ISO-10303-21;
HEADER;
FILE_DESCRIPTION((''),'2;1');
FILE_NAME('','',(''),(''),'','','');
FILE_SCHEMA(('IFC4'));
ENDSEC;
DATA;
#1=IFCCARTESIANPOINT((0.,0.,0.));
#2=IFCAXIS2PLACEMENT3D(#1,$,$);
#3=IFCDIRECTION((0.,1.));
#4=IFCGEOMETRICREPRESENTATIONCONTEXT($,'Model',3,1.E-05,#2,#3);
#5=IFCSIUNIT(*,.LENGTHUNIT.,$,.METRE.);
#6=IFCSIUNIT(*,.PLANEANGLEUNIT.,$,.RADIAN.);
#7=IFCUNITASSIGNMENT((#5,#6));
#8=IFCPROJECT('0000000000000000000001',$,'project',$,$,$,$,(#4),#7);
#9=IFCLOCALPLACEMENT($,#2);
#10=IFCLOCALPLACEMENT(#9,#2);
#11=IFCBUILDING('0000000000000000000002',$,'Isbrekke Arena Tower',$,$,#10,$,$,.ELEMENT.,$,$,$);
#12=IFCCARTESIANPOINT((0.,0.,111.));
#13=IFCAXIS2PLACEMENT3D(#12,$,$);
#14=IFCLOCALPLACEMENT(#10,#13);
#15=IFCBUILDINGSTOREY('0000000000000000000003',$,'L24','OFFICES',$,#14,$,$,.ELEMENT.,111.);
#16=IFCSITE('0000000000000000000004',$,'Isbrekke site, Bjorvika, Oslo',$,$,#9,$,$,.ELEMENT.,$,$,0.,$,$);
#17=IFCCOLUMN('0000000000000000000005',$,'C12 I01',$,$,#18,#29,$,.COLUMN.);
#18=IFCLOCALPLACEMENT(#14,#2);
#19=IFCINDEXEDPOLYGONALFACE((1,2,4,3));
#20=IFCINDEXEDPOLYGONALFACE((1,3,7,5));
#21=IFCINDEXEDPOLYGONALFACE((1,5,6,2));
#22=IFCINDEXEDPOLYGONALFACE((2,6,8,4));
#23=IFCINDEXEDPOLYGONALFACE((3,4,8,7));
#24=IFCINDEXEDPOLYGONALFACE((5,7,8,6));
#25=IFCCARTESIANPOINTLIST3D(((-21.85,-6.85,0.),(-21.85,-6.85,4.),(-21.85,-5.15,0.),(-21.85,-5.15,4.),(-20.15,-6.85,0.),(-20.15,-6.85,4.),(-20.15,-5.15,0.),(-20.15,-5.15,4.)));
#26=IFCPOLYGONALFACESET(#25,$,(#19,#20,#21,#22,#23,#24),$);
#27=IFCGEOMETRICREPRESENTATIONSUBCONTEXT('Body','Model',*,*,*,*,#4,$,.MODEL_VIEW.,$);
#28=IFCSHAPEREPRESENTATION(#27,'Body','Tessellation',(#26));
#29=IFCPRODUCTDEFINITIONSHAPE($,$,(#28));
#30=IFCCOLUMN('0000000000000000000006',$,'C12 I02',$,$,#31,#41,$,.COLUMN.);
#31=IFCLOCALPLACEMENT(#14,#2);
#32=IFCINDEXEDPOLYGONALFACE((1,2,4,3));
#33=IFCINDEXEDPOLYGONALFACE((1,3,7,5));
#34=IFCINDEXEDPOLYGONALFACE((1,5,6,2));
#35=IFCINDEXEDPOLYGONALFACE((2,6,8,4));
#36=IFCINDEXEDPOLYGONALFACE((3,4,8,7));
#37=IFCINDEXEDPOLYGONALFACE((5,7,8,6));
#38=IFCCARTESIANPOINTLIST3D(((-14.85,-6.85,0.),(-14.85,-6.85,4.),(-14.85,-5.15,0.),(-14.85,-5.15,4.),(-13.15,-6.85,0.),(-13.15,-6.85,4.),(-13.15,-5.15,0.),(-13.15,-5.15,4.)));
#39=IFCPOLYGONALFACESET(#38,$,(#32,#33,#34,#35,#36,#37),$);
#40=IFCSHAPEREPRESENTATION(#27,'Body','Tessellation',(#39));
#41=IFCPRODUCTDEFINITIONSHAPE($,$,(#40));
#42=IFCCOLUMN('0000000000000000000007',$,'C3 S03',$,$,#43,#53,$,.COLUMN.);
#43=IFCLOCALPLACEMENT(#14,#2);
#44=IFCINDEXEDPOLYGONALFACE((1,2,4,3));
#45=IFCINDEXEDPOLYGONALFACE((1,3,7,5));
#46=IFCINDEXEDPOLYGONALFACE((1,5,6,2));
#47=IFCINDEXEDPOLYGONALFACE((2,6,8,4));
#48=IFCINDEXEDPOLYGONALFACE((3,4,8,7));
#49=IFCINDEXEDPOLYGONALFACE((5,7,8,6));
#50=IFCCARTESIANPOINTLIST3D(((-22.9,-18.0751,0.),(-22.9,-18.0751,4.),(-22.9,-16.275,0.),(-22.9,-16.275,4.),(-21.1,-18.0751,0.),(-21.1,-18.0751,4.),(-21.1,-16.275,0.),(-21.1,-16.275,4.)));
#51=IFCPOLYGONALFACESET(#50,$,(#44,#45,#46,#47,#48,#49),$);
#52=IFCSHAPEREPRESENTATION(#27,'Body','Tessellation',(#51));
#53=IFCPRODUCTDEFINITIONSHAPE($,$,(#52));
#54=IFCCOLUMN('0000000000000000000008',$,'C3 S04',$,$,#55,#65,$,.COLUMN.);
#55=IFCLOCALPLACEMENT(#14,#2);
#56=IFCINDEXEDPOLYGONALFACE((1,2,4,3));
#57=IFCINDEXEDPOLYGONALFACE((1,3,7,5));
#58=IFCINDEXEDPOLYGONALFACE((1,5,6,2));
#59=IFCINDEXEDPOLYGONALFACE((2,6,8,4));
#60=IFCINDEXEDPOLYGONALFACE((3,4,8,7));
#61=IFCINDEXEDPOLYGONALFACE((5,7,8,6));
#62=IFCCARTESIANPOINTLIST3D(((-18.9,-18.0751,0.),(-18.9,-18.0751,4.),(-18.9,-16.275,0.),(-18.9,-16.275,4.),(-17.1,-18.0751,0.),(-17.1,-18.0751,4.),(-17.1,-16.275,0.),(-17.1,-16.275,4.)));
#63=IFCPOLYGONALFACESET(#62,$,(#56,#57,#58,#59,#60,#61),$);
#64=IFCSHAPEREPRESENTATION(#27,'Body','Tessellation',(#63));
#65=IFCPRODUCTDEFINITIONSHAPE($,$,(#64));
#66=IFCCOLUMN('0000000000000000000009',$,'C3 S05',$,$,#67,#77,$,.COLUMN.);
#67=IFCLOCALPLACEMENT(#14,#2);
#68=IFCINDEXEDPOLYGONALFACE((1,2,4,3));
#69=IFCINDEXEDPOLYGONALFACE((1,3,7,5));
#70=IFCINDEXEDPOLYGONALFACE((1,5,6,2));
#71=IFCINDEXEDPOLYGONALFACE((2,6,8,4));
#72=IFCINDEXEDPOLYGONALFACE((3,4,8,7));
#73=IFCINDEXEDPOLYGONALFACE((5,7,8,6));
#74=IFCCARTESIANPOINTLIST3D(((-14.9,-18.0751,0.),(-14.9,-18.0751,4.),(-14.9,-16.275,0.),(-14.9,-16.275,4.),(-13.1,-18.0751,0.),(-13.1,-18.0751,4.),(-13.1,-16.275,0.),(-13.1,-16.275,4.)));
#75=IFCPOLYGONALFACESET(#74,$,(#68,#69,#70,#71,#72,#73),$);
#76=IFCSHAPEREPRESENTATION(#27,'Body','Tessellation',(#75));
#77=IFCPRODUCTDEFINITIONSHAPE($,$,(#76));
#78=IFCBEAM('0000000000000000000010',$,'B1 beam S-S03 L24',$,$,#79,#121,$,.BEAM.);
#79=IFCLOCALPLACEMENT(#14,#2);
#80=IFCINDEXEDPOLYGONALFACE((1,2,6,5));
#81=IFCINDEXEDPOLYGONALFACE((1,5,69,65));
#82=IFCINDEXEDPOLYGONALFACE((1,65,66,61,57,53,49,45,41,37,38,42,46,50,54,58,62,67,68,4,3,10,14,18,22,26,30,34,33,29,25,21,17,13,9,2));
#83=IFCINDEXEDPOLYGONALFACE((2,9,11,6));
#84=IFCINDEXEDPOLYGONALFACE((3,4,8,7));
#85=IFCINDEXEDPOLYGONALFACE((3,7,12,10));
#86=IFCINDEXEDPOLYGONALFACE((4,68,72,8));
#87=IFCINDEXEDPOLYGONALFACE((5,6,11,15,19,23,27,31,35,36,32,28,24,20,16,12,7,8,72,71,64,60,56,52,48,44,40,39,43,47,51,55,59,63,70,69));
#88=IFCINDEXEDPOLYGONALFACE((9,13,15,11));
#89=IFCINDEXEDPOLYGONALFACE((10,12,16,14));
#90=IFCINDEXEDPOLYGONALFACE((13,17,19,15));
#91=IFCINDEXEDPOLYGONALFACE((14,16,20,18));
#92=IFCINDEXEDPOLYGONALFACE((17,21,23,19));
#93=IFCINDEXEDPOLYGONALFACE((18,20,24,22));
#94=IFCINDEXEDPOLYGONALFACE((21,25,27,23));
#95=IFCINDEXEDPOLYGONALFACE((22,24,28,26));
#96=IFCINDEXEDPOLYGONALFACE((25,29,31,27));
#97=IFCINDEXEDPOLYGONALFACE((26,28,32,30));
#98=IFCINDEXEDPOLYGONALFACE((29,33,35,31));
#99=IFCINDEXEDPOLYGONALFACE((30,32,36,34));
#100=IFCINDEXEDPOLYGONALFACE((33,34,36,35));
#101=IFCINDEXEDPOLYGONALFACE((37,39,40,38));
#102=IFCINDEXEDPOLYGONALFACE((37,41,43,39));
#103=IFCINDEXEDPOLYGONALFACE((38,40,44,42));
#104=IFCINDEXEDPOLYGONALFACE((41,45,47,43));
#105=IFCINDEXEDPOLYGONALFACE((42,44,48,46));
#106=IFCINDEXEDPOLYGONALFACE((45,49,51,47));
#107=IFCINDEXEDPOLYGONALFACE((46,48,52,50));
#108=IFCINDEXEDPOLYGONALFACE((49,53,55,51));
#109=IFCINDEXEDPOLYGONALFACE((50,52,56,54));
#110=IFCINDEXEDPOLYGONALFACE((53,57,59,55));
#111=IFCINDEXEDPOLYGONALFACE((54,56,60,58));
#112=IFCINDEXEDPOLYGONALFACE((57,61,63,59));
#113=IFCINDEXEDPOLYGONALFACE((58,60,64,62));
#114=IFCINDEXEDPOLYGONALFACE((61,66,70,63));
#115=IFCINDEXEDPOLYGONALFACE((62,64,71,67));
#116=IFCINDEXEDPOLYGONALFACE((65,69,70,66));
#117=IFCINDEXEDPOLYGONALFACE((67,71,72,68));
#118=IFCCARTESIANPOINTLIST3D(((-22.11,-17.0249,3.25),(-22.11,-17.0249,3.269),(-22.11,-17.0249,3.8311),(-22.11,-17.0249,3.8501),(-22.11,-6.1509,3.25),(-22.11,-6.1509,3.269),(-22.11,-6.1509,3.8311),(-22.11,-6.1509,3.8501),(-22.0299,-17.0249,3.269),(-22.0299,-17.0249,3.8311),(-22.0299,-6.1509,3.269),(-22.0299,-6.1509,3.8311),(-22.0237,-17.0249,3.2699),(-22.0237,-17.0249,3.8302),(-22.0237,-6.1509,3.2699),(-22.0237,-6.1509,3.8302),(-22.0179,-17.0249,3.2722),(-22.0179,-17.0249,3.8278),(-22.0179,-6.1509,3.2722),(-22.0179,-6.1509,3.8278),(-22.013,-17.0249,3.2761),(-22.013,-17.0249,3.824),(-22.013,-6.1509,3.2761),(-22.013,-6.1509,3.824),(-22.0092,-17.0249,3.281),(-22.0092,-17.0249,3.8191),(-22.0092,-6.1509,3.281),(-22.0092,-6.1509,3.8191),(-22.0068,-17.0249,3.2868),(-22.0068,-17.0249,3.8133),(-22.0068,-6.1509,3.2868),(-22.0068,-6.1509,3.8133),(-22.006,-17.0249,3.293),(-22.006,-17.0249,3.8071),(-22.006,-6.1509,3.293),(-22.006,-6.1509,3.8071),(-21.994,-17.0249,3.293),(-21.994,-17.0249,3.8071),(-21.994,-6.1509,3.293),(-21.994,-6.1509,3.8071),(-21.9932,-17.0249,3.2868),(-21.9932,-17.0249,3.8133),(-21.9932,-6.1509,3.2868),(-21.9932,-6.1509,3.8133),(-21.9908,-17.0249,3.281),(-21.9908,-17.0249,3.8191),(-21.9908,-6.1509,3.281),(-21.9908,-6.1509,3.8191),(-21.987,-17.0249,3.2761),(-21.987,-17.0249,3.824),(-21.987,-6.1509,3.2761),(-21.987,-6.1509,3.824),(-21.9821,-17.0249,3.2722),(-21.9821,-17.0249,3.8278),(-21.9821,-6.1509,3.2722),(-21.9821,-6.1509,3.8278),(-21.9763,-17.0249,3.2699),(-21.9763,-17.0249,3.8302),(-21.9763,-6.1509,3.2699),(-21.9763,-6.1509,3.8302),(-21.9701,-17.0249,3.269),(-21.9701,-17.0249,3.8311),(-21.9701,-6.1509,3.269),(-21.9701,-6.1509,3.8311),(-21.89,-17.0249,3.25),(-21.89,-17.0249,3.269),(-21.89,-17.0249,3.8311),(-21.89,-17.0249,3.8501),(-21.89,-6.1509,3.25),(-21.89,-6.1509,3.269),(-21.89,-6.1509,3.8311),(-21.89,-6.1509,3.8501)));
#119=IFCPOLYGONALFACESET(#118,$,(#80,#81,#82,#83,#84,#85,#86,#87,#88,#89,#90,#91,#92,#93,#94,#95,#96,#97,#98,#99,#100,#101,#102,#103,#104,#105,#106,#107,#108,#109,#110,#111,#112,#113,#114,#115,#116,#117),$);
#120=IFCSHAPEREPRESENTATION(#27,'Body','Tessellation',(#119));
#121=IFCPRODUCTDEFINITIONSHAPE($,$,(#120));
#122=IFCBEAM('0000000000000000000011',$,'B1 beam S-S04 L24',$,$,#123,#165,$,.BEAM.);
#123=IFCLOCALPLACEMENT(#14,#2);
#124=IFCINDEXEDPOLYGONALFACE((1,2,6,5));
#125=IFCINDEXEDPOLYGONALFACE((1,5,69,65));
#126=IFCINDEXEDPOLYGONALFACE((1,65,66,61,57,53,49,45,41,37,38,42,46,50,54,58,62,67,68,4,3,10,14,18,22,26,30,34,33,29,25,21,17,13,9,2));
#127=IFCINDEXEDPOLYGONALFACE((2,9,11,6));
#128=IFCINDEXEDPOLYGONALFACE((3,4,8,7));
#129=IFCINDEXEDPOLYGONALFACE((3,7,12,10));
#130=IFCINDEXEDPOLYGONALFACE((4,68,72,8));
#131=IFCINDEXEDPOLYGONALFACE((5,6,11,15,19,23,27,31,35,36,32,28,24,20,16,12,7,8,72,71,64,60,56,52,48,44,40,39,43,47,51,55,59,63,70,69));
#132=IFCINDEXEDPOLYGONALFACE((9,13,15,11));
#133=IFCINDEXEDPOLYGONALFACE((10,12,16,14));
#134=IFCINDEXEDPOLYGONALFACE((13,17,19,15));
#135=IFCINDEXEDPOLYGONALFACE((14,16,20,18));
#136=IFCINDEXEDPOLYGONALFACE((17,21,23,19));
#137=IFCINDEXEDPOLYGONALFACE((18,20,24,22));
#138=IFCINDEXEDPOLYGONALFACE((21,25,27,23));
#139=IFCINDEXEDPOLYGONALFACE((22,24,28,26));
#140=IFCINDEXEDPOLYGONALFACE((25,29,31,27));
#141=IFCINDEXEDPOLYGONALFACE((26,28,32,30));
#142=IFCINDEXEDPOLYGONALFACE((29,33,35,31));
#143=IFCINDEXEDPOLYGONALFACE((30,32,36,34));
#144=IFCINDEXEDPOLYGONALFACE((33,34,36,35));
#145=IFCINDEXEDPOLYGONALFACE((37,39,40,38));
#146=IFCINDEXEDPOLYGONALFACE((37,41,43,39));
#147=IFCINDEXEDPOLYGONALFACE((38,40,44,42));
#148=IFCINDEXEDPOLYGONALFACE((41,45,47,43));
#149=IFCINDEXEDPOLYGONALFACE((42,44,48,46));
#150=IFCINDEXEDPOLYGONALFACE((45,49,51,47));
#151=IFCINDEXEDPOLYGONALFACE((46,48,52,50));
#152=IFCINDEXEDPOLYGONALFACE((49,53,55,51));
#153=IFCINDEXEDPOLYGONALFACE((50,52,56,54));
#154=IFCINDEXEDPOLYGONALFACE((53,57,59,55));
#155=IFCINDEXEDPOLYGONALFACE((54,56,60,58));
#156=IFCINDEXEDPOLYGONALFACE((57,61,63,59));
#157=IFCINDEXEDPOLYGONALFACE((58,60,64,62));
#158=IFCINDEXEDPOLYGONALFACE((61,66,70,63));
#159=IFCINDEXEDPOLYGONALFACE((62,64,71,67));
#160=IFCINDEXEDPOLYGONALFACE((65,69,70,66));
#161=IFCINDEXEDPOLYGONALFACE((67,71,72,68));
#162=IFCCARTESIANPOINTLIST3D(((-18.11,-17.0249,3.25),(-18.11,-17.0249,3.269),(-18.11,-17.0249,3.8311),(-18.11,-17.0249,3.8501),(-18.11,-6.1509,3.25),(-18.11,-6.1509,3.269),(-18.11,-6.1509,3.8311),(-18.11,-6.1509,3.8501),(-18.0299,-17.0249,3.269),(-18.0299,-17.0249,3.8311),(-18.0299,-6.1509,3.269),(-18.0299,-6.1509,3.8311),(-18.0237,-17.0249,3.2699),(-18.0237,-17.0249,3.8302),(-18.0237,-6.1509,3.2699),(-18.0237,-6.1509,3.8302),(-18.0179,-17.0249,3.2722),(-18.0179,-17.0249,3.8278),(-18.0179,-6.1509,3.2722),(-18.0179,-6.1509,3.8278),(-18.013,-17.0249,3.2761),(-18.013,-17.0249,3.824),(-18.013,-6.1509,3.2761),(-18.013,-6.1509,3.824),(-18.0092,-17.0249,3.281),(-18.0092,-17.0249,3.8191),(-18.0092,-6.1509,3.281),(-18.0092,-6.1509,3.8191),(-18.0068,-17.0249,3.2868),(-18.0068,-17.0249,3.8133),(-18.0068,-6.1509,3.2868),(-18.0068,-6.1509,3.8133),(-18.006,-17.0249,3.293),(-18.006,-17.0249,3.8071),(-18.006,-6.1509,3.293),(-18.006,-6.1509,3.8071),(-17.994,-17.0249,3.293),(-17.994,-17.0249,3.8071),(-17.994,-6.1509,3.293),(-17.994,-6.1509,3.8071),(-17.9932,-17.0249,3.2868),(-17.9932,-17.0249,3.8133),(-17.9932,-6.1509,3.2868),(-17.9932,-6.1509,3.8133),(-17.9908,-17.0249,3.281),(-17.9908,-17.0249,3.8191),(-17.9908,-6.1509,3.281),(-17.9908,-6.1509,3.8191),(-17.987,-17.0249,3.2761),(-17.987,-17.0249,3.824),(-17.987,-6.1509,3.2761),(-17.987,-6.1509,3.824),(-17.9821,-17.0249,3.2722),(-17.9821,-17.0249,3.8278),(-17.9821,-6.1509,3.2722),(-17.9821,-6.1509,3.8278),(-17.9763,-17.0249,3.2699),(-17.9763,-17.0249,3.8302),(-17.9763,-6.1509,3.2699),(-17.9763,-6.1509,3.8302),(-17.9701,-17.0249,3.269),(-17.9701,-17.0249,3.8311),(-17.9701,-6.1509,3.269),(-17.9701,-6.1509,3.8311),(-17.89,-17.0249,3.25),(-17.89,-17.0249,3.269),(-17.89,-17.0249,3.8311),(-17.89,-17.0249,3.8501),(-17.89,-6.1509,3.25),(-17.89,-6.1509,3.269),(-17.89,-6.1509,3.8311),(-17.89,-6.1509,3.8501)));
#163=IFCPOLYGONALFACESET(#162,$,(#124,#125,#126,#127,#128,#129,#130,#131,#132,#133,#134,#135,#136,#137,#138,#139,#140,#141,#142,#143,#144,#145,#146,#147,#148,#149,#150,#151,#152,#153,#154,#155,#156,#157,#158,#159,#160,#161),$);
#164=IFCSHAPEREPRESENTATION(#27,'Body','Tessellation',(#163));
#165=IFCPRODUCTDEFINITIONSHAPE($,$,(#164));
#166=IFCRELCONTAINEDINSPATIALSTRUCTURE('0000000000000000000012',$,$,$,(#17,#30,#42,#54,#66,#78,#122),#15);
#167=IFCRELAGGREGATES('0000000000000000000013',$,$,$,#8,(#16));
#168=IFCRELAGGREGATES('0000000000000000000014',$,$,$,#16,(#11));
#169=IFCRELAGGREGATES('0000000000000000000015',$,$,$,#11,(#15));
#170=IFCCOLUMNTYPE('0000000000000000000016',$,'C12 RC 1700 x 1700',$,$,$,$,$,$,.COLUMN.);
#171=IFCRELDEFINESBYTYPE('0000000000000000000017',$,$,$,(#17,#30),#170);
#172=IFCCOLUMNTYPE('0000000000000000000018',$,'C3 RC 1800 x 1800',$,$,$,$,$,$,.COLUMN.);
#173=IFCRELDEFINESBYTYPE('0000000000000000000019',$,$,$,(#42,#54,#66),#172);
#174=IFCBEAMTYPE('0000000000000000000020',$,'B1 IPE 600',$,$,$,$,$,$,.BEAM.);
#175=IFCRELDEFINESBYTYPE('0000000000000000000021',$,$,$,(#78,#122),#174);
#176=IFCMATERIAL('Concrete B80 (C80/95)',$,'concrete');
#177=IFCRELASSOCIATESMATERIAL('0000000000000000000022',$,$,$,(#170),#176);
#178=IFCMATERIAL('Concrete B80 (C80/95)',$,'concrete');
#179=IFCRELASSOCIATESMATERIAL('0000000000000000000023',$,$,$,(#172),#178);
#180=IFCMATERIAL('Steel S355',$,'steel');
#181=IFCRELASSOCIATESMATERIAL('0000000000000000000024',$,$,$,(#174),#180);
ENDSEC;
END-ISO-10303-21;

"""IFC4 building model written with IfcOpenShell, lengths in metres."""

from ifc_helpers import new_model, si_unit, direction, frame, origin, origin_2d, place, context, subcontext, project, spatial, rectangle, i_section, extrude, material, material_profile, profile_set, type_object, element, save


model = new_model("IFC4")

# Units and contexts
model_context = context("Model", 3, precision=1e-05, world=origin(), true_north=direction((0.0, 1.0)))
body_context = subcontext(model_context, "Body", "Model", "MODEL_VIEW")
ifc_project = project(units=[si_unit("LENGTHUNIT", "METRE"), si_unit("PLANEANGLEUNIT", "RADIAN")], contexts=[model_context])

# Site, building, storey
site_placement = place(None, origin())
site = spatial("IfcSite", under=ifc_project, at=site_placement, Name="Isbrekke site, Bjorvika, Oslo", CompositionType="ELEMENT", RefElevation=0.0)
building_placement = place(site_placement, origin())
building = spatial("IfcBuilding", under=site, at=building_placement, Name="Isbrekke Arena Tower", CompositionType="ELEMENT")
storey_placement = place(building_placement, frame((0.0, 0.0, 111.0)))
storey = spatial("IfcBuildingStorey", under=building, at=storey_placement, Name="L24", Description="OFFICES", CompositionType="ELEMENT", Elevation=111.0)

# Columns
ifc_material_1 = material(Name="Concrete B80 (C80/95)", Category="concrete")
ifc_material_profile_1 = material_profile(ifc_material_1, rectangle(XDim=1.7, YDim=1.7, at=origin_2d()), Name="RC 1700x1700")
ifc_profile_set_1 = profile_set([ifc_material_profile_1], Name="Concrete B80 (C80/95)")
column_type_1 = type_object("IfcColumnType", Name="C12 RC 1700 x 1700", PredefinedType="COLUMN", material=ifc_profile_set_1)
for number, where, z_axis, x_axis, name in (
    (1, (-21.0, -6.0, 0.0), (0.0, 0.0, 1.0), (1.0, 0.0, 0.0), "C12 I01"),
    (2, (-14.0, -6.0, 0.0), (0.0, 0.0, 1.0), (1.0, 0.0, 0.0), "C12 I02"),
):
    element("IfcColumn", number, at=place(storey_placement, frame(where, z_axis=z_axis, x_axis=x_axis)), inside=storey, type_object=column_type_1, Name=name, PredefinedType="COLUMN", context=body_context, shape_type="SweptSolid", body=[
        extrude(rectangle(XDim=1.7, YDim=1.7, at=origin_2d()), origin(), (0.0, 0.0, 1.0), 4.0),
    ])
ifc_material_2 = material(Name="Concrete B80 (C80/95)", Category="concrete")
ifc_material_profile_2 = material_profile(ifc_material_2, rectangle(XDim=1.8, YDim=1.8, at=origin_2d()), Name="RC 1800x1800")
ifc_profile_set_2 = profile_set([ifc_material_profile_2], Name="Concrete B80 (C80/95)")
column_type_2 = type_object("IfcColumnType", Name="C3 RC 1800 x 1800", PredefinedType="COLUMN", material=ifc_profile_set_2)
for number, where, z_axis, x_axis, name in (
    (3, (-22.0, -17.175, 0.0), (0.0, 0.0, 1.0), (1.0, 0.0, 0.0), "C3 S03"),
    (4, (-18.0, -17.175, 0.0), (0.0, 0.0, 1.0), (1.0, 0.0, 0.0), "C3 S04"),
    (5, (-14.0, -17.175, 0.0), (0.0, 0.0, 1.0), (1.0, 0.0, 0.0), "C3 S05"),
):
    element("IfcColumn", number, at=place(storey_placement, frame(where, z_axis=z_axis, x_axis=x_axis)), inside=storey, type_object=column_type_2, Name=name, PredefinedType="COLUMN", context=body_context, shape_type="SweptSolid", body=[
        extrude(rectangle(XDim=1.8, YDim=1.8, at=origin_2d()), origin(), (0.0, 0.0, 1.0), 4.0),
    ])

# Beams
ifc_material_3 = material(Name="Steel S355", Category="steel")
ifc_material_profile_3 = material_profile(ifc_material_3, i_section(OverallWidth=0.22, OverallDepth=0.6001, WebThickness=0.012, FlangeThickness=0.019, FilletRadius=0.0239, at=origin_2d()), Name="IPE 600")
ifc_profile_set_3 = profile_set([ifc_material_profile_3], Name="Steel S355")
beam_type_1 = type_object("IfcBeamType", Name="B1 IPE 600", PredefinedType="BEAM", material=ifc_profile_set_3)
for number, where, z_axis, x_axis, name in (
    (6, (-22.0, -17.0249, 3.55), (0.0, 1.0, 0.0), (-1.0, 0.0, 0.0), "B1 beam S-S03 L24"),
    (7, (-18.0, -17.0249, 3.55), (0.0, 1.0, 0.0), (-1.0, 0.0, 0.0), "B1 beam S-S04 L24"),
):
    element("IfcBeam", number, at=place(storey_placement, frame(where, z_axis=z_axis, x_axis=x_axis)), inside=storey, type_object=beam_type_1, Name=name, PredefinedType="BEAM", context=body_context, shape_type="SweptSolid", body=[
        extrude(i_section(OverallWidth=0.22, OverallDepth=0.6001, WebThickness=0.012, FlangeThickness=0.019, FilletRadius=0.0239, at=origin_2d()), origin(), (0.0, 0.0, 1.0), 10.874),
    ])

save(model, "model.ifc")
